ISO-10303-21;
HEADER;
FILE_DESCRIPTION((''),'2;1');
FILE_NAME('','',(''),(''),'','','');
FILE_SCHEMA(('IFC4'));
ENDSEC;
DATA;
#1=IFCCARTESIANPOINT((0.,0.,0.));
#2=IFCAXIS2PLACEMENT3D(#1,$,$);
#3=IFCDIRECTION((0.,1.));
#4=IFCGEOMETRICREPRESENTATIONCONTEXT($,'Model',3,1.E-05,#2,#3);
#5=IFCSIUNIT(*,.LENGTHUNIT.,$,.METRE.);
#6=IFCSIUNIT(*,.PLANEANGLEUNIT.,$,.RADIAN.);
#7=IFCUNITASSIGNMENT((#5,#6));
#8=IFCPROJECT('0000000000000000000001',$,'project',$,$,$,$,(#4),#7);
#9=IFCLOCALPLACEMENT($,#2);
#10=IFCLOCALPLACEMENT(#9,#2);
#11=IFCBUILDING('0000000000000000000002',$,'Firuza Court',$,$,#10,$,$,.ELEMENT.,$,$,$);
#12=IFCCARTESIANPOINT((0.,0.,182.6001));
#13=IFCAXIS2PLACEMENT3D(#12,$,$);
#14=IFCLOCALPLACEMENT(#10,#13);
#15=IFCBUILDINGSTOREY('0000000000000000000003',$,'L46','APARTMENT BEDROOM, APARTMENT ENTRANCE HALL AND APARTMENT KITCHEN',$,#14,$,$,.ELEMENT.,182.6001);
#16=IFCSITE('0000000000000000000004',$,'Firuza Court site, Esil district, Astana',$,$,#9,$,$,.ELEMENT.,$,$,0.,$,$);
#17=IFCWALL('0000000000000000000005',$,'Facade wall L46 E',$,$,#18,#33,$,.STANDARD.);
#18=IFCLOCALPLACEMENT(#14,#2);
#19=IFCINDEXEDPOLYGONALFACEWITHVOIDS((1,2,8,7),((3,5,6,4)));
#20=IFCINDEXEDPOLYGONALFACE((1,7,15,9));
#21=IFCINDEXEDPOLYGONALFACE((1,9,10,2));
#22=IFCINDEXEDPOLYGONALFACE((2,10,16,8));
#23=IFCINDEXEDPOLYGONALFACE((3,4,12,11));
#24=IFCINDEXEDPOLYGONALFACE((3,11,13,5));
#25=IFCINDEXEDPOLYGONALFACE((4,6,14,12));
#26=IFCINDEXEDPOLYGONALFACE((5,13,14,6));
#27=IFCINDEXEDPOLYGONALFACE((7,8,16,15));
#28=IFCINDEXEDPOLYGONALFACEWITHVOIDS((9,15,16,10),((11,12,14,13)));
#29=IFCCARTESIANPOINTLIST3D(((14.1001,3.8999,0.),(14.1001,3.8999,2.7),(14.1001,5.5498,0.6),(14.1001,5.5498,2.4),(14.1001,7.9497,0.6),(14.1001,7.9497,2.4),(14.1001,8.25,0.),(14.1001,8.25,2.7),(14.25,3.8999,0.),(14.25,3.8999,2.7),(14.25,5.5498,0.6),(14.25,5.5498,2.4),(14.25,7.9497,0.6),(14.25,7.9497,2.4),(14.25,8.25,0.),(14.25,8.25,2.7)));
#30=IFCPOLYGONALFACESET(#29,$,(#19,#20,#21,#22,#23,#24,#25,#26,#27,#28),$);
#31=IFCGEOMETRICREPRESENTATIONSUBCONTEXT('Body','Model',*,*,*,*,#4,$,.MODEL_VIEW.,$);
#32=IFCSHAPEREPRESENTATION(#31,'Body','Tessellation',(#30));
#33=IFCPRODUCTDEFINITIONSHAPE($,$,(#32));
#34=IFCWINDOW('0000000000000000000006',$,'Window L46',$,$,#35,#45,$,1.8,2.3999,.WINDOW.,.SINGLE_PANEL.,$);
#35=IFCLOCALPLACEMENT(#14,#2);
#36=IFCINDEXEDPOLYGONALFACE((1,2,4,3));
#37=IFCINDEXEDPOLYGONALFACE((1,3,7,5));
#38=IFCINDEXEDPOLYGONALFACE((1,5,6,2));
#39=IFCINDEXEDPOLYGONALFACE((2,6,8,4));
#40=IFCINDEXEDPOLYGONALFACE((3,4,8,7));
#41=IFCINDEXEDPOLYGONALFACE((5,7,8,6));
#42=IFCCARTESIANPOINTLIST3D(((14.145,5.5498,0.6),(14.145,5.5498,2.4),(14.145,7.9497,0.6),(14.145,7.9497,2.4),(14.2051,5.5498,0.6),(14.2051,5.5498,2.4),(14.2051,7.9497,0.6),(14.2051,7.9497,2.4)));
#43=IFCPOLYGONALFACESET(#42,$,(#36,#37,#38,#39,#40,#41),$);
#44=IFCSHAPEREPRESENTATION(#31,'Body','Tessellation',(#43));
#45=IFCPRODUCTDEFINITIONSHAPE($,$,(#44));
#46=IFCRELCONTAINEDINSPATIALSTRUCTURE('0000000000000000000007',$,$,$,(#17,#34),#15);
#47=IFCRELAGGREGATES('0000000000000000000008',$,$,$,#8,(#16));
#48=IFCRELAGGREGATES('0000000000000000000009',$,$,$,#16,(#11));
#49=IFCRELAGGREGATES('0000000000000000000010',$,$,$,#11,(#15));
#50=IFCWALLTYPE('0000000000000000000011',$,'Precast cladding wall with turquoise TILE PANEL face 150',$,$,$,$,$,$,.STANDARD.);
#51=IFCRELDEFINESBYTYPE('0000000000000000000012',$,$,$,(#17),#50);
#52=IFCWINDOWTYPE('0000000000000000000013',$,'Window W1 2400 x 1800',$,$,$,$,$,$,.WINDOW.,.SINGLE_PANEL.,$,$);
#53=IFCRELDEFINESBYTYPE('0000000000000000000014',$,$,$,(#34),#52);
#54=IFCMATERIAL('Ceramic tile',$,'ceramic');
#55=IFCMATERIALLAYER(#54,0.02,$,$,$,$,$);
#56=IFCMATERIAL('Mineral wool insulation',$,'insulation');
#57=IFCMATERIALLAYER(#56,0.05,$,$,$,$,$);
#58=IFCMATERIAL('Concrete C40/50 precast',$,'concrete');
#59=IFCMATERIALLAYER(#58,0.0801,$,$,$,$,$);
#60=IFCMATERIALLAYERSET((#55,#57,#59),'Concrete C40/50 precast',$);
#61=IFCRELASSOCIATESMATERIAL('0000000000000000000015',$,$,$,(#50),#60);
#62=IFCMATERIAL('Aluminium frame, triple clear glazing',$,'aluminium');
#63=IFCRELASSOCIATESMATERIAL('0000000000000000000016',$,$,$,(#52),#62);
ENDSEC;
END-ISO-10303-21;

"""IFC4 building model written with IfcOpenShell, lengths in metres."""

from ifc_helpers import new_model, si_unit, direction, frame, frame_2d, origin, place, context, subcontext, project, spatial, rectangle, extrude, material, layer, layer_set, type_object, element, fill, save


model = new_model("IFC4")

# Units and contexts
model_context = context("Model", 3, precision=1e-05, world=origin(), true_north=direction((0.0, 1.0)))
body_context = subcontext(model_context, "Body", "Model", "MODEL_VIEW")
ifc_project = project(units=[si_unit("LENGTHUNIT", "METRE"), si_unit("PLANEANGLEUNIT", "RADIAN")], contexts=[model_context])

# Site, building, storey
site_placement = place(None, origin())
site = spatial("IfcSite", under=ifc_project, at=site_placement, Name="Firuza Court site, Esil district, Astana", CompositionType="ELEMENT", RefElevation=0.0)
building_placement = place(site_placement, origin())
building = spatial("IfcBuilding", under=site, at=building_placement, Name="Firuza Court", CompositionType="ELEMENT")
storey_placement = place(building_placement, frame((0.0, 0.0, 182.6001)))
storey = spatial("IfcBuildingStorey", under=building, at=storey_placement, Name="L46", Description="APARTMENT BEDROOM, APARTMENT ENTRANCE HALL AND APARTMENT KITCHEN", CompositionType="ELEMENT", Elevation=182.6001)

# Shared definitions
ifc_material_1 = material(Name="Ceramic tile", Category="ceramic")
ifc_layer_1 = layer(ifc_material_1, 0.02)
ifc_material_2 = material(Name="Mineral wool insulation", Category="insulation")
ifc_layer_2 = layer(ifc_material_2, 0.05)
ifc_material_3 = material(Name="Concrete C40/50 precast", Category="concrete")
ifc_layer_3 = layer(ifc_material_3, 0.0801)
ifc_layer_set_1 = layer_set([ifc_layer_1, ifc_layer_2, ifc_layer_3], Name="Concrete C40/50 precast")
wall_type_1 = type_object("IfcWallType", Name="Precast cladding wall with turquoise TILE PANEL face 150", PredefinedType="STANDARD", material=ifc_layer_set_1)

# Wall, opening, window
wall_1_placement = place(storey_placement, frame((14.175, 3.8999, 0.0), z_axis=(0.0, 0.0, 1.0), x_axis=(0.0, 1.0, 0.0)))
wall_1 = element("IfcWall", 1, at=wall_1_placement, inside=storey, type_object=wall_type_1, Name="Facade wall L46 E", PredefinedType="STANDARD", context=body_context, shape_type="SweptSolid", body=[
    extrude(rectangle(XDim=4.3501, YDim=0.1499, at=frame_2d((2.175, 0.0))), origin(), (0.0, 0.0, 1.0), 2.7),
])
opening_placement = place(wall_1_placement, frame((1.6499, 0.0, 0.6001)))
opening = element("IfcOpeningElement", 2, at=opening_placement, cuts=wall_1, PredefinedType="OPENING", context=body_context, shape_type="SweptSolid", body=[
    extrude(rectangle(XDim=2.3999, YDim=1.8, at=frame_2d((1.2, 0.8999))), frame((0.0, 0.0869, 0.0), z_axis=(0.0, -1.0, 0.0), x_axis=(1.0, 0.0, 0.0)), (0.0, 0.0, 1.0), 0.1738),
])
ifc_material_4 = material(Name="Aluminium frame, triple clear glazing", Category="aluminium")
window_type = type_object("IfcWindowType", Name="Window W1 2400 x 1800", PartitioningType="SINGLE_PANEL", PredefinedType="WINDOW", material=ifc_material_4)
window_placement = place(opening_placement, origin())
window = element("IfcWindow", 3, at=window_placement, inside=storey, type_object=window_type, Name="Window L46", OverallHeight=1.8, OverallWidth=2.3999, PartitioningType="SINGLE_PANEL", PredefinedType="WINDOW", context=body_context, shape_type="SweptSolid", body=[
    extrude(rectangle(XDim=2.3999, YDim=1.8, at=frame_2d((1.2, 0.8999))), frame((0.0, 0.03, 0.0), z_axis=(0.0, -1.0, 0.0), x_axis=(1.0, 0.0, 0.0)), (0.0, 0.0, 1.0), 0.0601),
])
fill(opening, window)

save(model, "model.ifc")
